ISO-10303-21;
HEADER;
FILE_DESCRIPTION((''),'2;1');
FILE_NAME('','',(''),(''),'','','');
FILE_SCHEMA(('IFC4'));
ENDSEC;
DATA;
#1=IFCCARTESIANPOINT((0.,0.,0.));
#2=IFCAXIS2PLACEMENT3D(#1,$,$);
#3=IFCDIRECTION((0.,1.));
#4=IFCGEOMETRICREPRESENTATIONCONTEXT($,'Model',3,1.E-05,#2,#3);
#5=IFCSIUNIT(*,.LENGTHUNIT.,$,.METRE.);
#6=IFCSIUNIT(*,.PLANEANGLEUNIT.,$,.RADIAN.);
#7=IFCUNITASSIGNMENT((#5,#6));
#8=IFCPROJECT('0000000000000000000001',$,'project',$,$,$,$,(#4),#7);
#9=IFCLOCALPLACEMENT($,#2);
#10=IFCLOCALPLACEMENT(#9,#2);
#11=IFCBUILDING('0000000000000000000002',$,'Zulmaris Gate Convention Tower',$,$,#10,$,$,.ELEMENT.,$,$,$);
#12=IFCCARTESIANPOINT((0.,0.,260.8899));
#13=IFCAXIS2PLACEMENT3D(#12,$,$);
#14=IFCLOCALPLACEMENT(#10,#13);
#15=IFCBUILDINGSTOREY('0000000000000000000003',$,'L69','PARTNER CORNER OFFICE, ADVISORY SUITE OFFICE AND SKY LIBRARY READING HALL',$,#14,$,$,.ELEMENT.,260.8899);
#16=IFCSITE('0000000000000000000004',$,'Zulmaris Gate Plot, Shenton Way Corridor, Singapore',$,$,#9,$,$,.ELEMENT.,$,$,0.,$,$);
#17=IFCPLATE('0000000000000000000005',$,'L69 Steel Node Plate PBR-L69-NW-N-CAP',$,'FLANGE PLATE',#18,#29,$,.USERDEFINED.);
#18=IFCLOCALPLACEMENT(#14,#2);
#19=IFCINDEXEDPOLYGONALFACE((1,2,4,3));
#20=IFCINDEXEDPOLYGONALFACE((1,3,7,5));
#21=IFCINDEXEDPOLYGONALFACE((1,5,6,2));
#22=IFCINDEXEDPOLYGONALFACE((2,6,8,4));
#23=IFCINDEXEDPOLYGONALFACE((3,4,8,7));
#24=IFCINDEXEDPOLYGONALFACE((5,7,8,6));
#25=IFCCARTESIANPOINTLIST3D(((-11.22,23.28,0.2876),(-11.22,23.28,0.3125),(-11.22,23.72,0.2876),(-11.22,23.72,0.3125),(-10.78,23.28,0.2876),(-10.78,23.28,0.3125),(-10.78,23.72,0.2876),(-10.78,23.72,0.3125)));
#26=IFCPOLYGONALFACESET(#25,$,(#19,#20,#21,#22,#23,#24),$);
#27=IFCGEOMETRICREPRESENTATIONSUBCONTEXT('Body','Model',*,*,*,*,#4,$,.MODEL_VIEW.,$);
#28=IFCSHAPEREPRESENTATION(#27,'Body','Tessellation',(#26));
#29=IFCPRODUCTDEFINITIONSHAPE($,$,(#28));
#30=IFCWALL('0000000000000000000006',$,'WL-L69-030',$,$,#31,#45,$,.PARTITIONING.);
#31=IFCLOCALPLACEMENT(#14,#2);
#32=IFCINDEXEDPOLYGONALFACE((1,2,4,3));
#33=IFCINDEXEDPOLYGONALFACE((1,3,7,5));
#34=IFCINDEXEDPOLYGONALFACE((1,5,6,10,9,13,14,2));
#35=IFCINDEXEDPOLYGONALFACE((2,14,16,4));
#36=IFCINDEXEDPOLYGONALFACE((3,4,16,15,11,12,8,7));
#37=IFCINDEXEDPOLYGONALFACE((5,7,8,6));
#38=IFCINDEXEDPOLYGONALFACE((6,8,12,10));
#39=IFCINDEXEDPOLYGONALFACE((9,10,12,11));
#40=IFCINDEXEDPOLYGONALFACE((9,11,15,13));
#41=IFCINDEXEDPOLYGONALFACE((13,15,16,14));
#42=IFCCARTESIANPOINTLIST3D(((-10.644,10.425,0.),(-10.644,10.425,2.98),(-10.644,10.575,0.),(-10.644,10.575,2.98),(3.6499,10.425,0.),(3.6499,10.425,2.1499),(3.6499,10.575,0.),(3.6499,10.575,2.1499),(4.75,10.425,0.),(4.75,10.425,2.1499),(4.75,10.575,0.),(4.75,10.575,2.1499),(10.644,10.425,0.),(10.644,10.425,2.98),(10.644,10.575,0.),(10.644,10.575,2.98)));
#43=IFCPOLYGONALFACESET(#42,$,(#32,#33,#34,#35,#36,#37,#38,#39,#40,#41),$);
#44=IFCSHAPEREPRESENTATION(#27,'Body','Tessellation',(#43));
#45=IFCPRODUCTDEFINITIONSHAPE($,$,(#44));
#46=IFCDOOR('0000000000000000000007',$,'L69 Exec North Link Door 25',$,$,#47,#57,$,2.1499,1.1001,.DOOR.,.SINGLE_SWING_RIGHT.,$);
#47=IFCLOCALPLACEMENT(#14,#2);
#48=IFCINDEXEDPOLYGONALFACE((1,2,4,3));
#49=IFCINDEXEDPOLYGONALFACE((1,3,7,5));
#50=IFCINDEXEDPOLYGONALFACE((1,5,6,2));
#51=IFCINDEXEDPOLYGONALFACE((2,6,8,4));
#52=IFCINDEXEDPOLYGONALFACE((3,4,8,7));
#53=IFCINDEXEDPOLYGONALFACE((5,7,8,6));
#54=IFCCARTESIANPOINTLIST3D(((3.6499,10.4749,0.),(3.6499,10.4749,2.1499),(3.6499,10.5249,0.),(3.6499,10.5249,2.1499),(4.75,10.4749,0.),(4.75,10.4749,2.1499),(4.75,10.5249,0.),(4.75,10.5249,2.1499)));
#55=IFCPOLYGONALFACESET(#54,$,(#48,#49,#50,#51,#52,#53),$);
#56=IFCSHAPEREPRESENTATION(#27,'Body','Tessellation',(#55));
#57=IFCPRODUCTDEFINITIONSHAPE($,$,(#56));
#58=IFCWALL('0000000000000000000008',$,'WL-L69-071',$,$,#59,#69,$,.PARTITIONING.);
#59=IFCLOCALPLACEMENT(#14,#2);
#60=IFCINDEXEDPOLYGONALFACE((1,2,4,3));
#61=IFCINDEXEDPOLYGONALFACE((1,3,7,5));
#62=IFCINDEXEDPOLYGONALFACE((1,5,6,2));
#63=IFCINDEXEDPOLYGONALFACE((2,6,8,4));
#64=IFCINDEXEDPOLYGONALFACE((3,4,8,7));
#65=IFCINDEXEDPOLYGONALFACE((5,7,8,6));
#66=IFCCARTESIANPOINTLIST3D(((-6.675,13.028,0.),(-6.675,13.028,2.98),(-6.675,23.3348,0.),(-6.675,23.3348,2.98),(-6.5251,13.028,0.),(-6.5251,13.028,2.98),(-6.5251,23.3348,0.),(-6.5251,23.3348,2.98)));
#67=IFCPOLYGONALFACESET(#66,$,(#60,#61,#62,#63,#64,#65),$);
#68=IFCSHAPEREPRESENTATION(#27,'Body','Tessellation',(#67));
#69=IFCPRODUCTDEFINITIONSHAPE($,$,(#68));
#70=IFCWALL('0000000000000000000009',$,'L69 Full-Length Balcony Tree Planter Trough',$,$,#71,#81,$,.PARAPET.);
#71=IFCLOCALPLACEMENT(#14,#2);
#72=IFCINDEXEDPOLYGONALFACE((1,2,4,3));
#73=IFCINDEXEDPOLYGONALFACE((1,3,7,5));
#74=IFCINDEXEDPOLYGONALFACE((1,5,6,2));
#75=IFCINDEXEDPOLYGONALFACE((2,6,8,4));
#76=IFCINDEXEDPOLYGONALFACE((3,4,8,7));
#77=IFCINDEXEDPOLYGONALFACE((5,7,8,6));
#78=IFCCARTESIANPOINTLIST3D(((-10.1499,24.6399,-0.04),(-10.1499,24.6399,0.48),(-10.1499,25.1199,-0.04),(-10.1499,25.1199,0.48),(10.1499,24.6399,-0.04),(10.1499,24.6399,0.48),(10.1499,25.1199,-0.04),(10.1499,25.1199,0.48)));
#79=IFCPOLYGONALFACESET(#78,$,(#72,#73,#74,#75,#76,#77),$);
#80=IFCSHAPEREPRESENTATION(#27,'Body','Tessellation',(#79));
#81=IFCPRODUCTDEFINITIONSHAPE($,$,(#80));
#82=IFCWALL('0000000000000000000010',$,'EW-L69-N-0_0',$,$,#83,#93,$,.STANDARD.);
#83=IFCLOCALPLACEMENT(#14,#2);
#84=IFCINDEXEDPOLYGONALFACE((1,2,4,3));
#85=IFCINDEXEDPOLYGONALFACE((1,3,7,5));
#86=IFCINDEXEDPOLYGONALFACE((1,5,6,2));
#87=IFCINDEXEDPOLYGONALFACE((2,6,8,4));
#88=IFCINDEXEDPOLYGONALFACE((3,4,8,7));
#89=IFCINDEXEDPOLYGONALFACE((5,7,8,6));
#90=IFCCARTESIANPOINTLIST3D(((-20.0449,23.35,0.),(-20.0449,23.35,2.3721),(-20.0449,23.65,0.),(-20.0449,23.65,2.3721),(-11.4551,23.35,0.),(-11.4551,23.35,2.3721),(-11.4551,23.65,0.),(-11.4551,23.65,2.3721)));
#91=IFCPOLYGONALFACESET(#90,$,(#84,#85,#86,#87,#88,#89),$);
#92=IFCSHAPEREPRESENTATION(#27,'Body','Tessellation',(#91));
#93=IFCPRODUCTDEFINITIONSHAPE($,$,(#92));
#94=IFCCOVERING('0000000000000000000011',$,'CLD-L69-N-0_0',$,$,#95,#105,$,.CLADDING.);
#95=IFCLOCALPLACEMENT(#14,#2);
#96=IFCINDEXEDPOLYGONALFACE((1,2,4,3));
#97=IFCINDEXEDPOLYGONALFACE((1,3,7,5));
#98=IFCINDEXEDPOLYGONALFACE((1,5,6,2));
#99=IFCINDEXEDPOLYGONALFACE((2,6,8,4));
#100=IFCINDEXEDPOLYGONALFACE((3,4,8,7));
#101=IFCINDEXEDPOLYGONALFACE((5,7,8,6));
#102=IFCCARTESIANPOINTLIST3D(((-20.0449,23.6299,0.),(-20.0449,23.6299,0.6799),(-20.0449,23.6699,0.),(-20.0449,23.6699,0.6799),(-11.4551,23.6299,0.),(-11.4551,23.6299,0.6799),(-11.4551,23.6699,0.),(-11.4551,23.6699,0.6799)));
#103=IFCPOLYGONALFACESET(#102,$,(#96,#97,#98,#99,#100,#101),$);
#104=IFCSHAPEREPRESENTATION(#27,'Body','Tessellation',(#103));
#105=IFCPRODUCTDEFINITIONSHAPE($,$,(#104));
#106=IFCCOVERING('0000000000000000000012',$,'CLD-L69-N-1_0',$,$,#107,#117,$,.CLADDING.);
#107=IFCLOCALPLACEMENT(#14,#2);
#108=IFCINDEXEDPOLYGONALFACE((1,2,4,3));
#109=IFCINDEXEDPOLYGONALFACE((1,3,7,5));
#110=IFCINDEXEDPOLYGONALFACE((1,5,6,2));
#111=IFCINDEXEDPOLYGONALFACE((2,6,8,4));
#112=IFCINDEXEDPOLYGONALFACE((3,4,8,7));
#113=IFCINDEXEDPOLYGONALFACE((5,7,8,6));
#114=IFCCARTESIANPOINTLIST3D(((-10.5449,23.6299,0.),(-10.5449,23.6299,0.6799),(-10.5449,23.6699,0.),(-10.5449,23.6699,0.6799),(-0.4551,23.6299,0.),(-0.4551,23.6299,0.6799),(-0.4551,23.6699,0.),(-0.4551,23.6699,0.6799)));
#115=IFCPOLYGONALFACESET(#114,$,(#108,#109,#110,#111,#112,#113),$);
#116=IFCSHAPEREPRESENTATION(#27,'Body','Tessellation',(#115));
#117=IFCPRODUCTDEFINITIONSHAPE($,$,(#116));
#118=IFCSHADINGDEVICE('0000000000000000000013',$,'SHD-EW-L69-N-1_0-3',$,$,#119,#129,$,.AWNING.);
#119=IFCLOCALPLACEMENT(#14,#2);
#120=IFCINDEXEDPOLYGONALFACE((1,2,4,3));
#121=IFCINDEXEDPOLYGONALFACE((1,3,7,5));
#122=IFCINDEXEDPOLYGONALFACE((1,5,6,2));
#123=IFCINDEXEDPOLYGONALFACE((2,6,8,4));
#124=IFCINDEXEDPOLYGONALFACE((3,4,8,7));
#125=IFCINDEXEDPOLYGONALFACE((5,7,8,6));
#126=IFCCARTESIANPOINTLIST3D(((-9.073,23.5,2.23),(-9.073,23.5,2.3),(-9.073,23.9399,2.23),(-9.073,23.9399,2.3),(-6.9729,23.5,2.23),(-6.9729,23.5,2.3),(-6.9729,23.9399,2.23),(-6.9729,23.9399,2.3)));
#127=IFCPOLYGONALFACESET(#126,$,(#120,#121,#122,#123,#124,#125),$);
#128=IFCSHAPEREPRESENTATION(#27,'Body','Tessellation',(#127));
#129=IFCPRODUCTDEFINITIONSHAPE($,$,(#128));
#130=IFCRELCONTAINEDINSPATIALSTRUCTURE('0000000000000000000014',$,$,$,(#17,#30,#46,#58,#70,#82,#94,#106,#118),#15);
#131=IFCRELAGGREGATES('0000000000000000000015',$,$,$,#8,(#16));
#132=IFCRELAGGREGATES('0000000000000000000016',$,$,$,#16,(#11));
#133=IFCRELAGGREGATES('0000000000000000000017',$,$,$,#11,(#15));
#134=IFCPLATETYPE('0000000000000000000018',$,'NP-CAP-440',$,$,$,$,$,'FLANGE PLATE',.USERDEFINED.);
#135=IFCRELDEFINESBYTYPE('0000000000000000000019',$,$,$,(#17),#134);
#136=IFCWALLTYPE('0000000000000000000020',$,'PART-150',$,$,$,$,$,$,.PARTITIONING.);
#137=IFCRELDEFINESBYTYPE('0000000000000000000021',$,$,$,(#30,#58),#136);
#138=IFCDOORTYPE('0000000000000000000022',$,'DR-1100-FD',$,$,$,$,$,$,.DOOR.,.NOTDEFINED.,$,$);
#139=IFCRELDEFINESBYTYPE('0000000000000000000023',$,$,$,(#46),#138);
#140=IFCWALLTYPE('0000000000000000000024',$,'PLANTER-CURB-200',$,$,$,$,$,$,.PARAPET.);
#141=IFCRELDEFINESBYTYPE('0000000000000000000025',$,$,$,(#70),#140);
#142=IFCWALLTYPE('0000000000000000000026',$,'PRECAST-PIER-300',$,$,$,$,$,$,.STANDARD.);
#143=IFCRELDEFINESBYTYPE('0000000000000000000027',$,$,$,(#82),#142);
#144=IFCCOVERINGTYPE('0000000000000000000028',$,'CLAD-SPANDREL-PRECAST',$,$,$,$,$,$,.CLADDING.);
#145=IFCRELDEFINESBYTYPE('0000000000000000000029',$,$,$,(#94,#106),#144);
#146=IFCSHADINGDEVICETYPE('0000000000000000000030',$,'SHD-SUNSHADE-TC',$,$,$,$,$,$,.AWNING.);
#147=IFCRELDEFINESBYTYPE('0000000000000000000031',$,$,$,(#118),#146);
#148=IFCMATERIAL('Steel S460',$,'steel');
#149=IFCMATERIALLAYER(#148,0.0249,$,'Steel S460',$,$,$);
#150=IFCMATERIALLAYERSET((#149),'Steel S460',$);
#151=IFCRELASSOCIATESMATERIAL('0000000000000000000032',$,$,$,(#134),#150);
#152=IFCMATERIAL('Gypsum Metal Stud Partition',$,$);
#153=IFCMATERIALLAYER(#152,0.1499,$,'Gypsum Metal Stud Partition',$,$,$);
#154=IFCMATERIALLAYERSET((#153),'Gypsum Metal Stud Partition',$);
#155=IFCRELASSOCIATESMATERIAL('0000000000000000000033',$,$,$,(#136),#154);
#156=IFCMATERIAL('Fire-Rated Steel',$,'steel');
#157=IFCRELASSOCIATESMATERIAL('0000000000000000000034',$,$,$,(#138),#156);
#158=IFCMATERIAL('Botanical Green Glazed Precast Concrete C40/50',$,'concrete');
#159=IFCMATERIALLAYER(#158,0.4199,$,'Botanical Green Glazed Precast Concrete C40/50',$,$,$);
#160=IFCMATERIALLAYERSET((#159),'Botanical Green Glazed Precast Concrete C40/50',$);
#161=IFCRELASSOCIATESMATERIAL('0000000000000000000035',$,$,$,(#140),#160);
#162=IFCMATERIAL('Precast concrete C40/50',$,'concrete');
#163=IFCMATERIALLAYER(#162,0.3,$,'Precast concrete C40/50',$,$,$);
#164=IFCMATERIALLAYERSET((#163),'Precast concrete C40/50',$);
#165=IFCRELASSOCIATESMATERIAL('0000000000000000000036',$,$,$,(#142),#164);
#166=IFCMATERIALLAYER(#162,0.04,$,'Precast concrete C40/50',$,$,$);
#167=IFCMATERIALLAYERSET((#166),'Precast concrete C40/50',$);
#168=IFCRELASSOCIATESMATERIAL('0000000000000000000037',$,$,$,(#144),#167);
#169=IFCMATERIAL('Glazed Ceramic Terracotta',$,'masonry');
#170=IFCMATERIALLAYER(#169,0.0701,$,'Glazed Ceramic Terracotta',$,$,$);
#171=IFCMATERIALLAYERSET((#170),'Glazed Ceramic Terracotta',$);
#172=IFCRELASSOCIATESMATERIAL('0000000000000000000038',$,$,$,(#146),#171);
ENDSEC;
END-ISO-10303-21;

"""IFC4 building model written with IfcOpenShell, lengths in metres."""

from ifc_helpers import new_model, si_unit, direction, frame, frame_2d, origin, origin_2d, place, context, subcontext, project, spatial, rectangle, extrude, material, layer, layer_set, type_object, element, fill, save


model = new_model("IFC4")

# Units and contexts
model_context = context("Model", 3, precision=1e-05, world=origin(), true_north=direction((0.0, 1.0)))
body_context = subcontext(model_context, "Body", "Model", "MODEL_VIEW")
ifc_project = project(units=[si_unit("LENGTHUNIT", "METRE"), si_unit("PLANEANGLEUNIT", "RADIAN")], contexts=[model_context])

# Site, building, storey
site_placement = place(None, origin())
site = spatial("IfcSite", under=ifc_project, at=site_placement, Name="Zulmaris Gate Plot, Shenton Way Corridor, Singapore", CompositionType="ELEMENT", RefElevation=0.0)
building_placement = place(site_placement, origin())
building = spatial("IfcBuilding", under=site, at=building_placement, Name="Zulmaris Gate Convention Tower", CompositionType="ELEMENT")
storey_placement = place(building_placement, frame((0.0, 0.0, 260.8899)))
storey = spatial("IfcBuildingStorey", under=building, at=storey_placement, Name="L69", Description="PARTNER CORNER OFFICE, ADVISORY SUITE OFFICE AND SKY LIBRARY READING HALL", CompositionType="ELEMENT", Elevation=260.8899)

# Plate
ifc_material_1 = material(Name="Steel S460", Category="steel")
ifc_layer_1 = layer(ifc_material_1, 0.0249, Name="Steel S460")
ifc_layer_set_1 = layer_set([ifc_layer_1], Name="Steel S460")
plate_type = type_object("IfcPlateType", Name="NP-CAP-440", ElementType="FLANGE PLATE", PredefinedType="USERDEFINED", material=ifc_layer_set_1)
plate_placement = place(storey_placement, frame((-11.0, 23.5, 0.2876), z_axis=(0.0, 0.0, 1.0), x_axis=(1.0, 0.0, 0.0)))
element("IfcPlate", 1, at=plate_placement, inside=storey, type_object=plate_type, Name="L69 Steel Node Plate PBR-L69-NW-N-CAP", ObjectType="FLANGE PLATE", PredefinedType="USERDEFINED", context=body_context, shape_type="SweptSolid", body=[
    extrude(rectangle(XDim=0.4399, YDim=0.4399, at=origin_2d()), origin(), (0.0, 0.0, 1.0), 0.0249),
])

# Wall, opening, door
ifc_material_2 = material(Name="Gypsum Metal Stud Partition")
ifc_layer_2 = layer(ifc_material_2, 0.1499, Name="Gypsum Metal Stud Partition")
ifc_layer_set_2 = layer_set([ifc_layer_2], Name="Gypsum Metal Stud Partition")
wall_type_1 = type_object("IfcWallType", Name="PART-150", PredefinedType="PARTITIONING", material=ifc_layer_set_2)
wall_1_placement = place(storey_placement, frame((-10.644, 10.5, 0.0), z_axis=(0.0, 0.0, 1.0), x_axis=(1.0, 0.0, 0.0)))
wall_1 = element("IfcWall", 2, at=wall_1_placement, inside=storey, type_object=wall_type_1, Name="WL-L69-030", PredefinedType="PARTITIONING", context=body_context, shape_type="SweptSolid", body=[
    extrude(rectangle(XDim=21.2881, YDim=0.1499, at=frame_2d((10.644, 0.0))), origin(), (0.0, 0.0, 1.0), 2.98),
])
opening_1_placement = place(wall_1_placement, frame((14.2939, 0.0, 0.0)))
opening_1 = element("IfcOpeningElement", 3, at=opening_1_placement, cuts=wall_1, PredefinedType="OPENING", context=body_context, shape_type="SweptSolid", body=[
    extrude(rectangle(XDim=1.1001, YDim=2.1499, at=frame_2d((0.55, 1.075))), frame((0.0, 0.085, 0.0), z_axis=(0.0, -1.0, 0.0), x_axis=(1.0, 0.0, 0.0)), (0.0, 0.0, 1.0), 0.1699),
])
ifc_material_3 = material(Name="Fire-Rated Steel", Category="steel")
door_type_1 = type_object("IfcDoorType", Name="DR-1100-FD", OperationType="NOTDEFINED", PredefinedType="DOOR", material=ifc_material_3)
door_1_placement = place(opening_1_placement, origin())
door_1 = element("IfcDoor", 4, at=door_1_placement, inside=storey, type_object=door_type_1, Name="L69 Exec North Link Door 25", OperationType="SINGLE_SWING_RIGHT", OverallHeight=2.1499, OverallWidth=1.1001, PredefinedType="DOOR", context=body_context, shape_type="SweptSolid", body=[
    extrude(rectangle(XDim=1.1001, YDim=2.1499, at=frame_2d((0.55, 1.075))), frame((0.0, 0.0249, 0.0), z_axis=(0.0, -1.0, 0.0), x_axis=(1.0, 0.0, 0.0)), (0.0, 0.0, 1.0), 0.05),
])
fill(opening_1, door_1)

# Walls
wall_2_placement = place(storey_placement, frame((-6.6001, 13.0281, 0.0), z_axis=(0.0, 0.0, 1.0), x_axis=(0.0, 1.0, 0.0)))
element("IfcWall", 5, at=wall_2_placement, inside=storey, type_object=wall_type_1, Name="WL-L69-071", PredefinedType="PARTITIONING", context=body_context, shape_type="SweptSolid", body=[
    extrude(rectangle(XDim=10.3069, YDim=0.1499, at=frame_2d((5.1533, 0.0))), origin(), (0.0, 0.0, 1.0), 2.98),
])
ifc_material_4 = material(Name="Botanical Green Glazed Precast Concrete C40/50", Category="concrete")
ifc_layer_3 = layer(ifc_material_4, 0.4199, Name="Botanical Green Glazed Precast Concrete C40/50")
ifc_layer_set_3 = layer_set([ifc_layer_3], Name="Botanical Green Glazed Precast Concrete C40/50")
wall_type_2 = type_object("IfcWallType", Name="PLANTER-CURB-200", PredefinedType="PARAPET", material=ifc_layer_set_3)
wall_3_placement = place(storey_placement, frame((-10.1499, 24.8799, -0.04), z_axis=(0.0, 0.0, 1.0), x_axis=(1.0, 0.0, 0.0)))
element("IfcWall", 6, at=wall_3_placement, inside=storey, type_object=wall_type_2, Name="L69 Full-Length Balcony Tree Planter Trough", PredefinedType="PARAPET", context=body_context, shape_type="SweptSolid", body=[
    extrude(rectangle(XDim=20.2998, YDim=0.48, at=frame_2d((10.1499, 0.0))), origin(), (0.0, 0.0, 1.0), 0.52),
])
ifc_material_5 = material(Name="Precast concrete C40/50", Category="concrete")
ifc_layer_4 = layer(ifc_material_5, 0.3, Name="Precast concrete C40/50")
ifc_layer_set_4 = layer_set([ifc_layer_4], Name="Precast concrete C40/50")
wall_type_3 = type_object("IfcWallType", Name="PRECAST-PIER-300", PredefinedType="STANDARD", material=ifc_layer_set_4)
wall_4_placement = place(storey_placement, frame((-11.4551, 23.5, 0.0), z_axis=(0.0, 0.0, 1.0), x_axis=(-1.0, 0.0, 0.0)))
element("IfcWall", 7, at=wall_4_placement, inside=storey, type_object=wall_type_3, Name="EW-L69-N-0_0", PredefinedType="STANDARD", context=body_context, shape_type="SweptSolid", body=[
    extrude(rectangle(XDim=8.5898, YDim=0.3, at=frame_2d((4.2949, 0.0))), origin(), (0.0, 0.0, 1.0), 2.3721),
])

# Coverings
ifc_layer_5 = layer(ifc_material_5, 0.04, Name="Precast concrete C40/50")
ifc_layer_set_5 = layer_set([ifc_layer_5], Name="Precast concrete C40/50")
covering_type = type_object("IfcCoveringType", Name="CLAD-SPANDREL-PRECAST", PredefinedType="CLADDING", material=ifc_layer_set_5)
covering_1_placement = place(storey_placement, frame((-11.4551, 23.6499, 0.0), z_axis=(0.0, 0.0, 1.0), x_axis=(-1.0, 0.0, 0.0)))
element("IfcCovering", 8, at=covering_1_placement, inside=storey, type_object=covering_type, Name="CLD-L69-N-0_0", PredefinedType="CLADDING", context=body_context, shape_type="SweptSolid", body=[
    extrude(rectangle(XDim=8.5898, YDim=0.04, at=frame_2d((4.2949, 0.0))), origin(), (0.0, 0.0, 1.0), 0.6799),
])
covering_2_placement = place(storey_placement, frame((-0.4551, 23.6499, 0.0), z_axis=(0.0, 0.0, 1.0), x_axis=(-1.0, 0.0, 0.0)))
element("IfcCovering", 9, at=covering_2_placement, inside=storey, type_object=covering_type, Name="CLD-L69-N-1_0", PredefinedType="CLADDING", context=body_context, shape_type="SweptSolid", body=[
    extrude(rectangle(XDim=10.0898, YDim=0.04, at=frame_2d((5.0449, 0.0))), origin(), (0.0, 0.0, 1.0), 0.6799),
])

# Shading device
ifc_material_6 = material(Name="Glazed Ceramic Terracotta", Category="masonry")
ifc_layer_6 = layer(ifc_material_6, 0.0701, Name="Glazed Ceramic Terracotta")
ifc_layer_set_6 = layer_set([ifc_layer_6], Name="Glazed Ceramic Terracotta")
shading_device_type = type_object("IfcShadingDeviceType", Name="SHD-SUNSHADE-TC", PredefinedType="AWNING", material=ifc_layer_set_6)
shading_device_placement = place(storey_placement, frame((-6.9729, 23.72, 2.23), z_axis=(0.0, 0.0, 1.0), x_axis=(-1.0, 0.0, 0.0)))
element("IfcShadingDevice", 10, at=shading_device_placement, inside=storey, type_object=shading_device_type, Name="SHD-EW-L69-N-1_0-3", PredefinedType="AWNING", context=body_context, shape_type="SweptSolid", body=[
    extrude(rectangle(XDim=2.1001, YDim=0.4399, at=frame_2d((1.05, 0.0))), origin(), (0.0, 0.0, 1.0), 0.0701),
])

save(model, "model.ifc")
